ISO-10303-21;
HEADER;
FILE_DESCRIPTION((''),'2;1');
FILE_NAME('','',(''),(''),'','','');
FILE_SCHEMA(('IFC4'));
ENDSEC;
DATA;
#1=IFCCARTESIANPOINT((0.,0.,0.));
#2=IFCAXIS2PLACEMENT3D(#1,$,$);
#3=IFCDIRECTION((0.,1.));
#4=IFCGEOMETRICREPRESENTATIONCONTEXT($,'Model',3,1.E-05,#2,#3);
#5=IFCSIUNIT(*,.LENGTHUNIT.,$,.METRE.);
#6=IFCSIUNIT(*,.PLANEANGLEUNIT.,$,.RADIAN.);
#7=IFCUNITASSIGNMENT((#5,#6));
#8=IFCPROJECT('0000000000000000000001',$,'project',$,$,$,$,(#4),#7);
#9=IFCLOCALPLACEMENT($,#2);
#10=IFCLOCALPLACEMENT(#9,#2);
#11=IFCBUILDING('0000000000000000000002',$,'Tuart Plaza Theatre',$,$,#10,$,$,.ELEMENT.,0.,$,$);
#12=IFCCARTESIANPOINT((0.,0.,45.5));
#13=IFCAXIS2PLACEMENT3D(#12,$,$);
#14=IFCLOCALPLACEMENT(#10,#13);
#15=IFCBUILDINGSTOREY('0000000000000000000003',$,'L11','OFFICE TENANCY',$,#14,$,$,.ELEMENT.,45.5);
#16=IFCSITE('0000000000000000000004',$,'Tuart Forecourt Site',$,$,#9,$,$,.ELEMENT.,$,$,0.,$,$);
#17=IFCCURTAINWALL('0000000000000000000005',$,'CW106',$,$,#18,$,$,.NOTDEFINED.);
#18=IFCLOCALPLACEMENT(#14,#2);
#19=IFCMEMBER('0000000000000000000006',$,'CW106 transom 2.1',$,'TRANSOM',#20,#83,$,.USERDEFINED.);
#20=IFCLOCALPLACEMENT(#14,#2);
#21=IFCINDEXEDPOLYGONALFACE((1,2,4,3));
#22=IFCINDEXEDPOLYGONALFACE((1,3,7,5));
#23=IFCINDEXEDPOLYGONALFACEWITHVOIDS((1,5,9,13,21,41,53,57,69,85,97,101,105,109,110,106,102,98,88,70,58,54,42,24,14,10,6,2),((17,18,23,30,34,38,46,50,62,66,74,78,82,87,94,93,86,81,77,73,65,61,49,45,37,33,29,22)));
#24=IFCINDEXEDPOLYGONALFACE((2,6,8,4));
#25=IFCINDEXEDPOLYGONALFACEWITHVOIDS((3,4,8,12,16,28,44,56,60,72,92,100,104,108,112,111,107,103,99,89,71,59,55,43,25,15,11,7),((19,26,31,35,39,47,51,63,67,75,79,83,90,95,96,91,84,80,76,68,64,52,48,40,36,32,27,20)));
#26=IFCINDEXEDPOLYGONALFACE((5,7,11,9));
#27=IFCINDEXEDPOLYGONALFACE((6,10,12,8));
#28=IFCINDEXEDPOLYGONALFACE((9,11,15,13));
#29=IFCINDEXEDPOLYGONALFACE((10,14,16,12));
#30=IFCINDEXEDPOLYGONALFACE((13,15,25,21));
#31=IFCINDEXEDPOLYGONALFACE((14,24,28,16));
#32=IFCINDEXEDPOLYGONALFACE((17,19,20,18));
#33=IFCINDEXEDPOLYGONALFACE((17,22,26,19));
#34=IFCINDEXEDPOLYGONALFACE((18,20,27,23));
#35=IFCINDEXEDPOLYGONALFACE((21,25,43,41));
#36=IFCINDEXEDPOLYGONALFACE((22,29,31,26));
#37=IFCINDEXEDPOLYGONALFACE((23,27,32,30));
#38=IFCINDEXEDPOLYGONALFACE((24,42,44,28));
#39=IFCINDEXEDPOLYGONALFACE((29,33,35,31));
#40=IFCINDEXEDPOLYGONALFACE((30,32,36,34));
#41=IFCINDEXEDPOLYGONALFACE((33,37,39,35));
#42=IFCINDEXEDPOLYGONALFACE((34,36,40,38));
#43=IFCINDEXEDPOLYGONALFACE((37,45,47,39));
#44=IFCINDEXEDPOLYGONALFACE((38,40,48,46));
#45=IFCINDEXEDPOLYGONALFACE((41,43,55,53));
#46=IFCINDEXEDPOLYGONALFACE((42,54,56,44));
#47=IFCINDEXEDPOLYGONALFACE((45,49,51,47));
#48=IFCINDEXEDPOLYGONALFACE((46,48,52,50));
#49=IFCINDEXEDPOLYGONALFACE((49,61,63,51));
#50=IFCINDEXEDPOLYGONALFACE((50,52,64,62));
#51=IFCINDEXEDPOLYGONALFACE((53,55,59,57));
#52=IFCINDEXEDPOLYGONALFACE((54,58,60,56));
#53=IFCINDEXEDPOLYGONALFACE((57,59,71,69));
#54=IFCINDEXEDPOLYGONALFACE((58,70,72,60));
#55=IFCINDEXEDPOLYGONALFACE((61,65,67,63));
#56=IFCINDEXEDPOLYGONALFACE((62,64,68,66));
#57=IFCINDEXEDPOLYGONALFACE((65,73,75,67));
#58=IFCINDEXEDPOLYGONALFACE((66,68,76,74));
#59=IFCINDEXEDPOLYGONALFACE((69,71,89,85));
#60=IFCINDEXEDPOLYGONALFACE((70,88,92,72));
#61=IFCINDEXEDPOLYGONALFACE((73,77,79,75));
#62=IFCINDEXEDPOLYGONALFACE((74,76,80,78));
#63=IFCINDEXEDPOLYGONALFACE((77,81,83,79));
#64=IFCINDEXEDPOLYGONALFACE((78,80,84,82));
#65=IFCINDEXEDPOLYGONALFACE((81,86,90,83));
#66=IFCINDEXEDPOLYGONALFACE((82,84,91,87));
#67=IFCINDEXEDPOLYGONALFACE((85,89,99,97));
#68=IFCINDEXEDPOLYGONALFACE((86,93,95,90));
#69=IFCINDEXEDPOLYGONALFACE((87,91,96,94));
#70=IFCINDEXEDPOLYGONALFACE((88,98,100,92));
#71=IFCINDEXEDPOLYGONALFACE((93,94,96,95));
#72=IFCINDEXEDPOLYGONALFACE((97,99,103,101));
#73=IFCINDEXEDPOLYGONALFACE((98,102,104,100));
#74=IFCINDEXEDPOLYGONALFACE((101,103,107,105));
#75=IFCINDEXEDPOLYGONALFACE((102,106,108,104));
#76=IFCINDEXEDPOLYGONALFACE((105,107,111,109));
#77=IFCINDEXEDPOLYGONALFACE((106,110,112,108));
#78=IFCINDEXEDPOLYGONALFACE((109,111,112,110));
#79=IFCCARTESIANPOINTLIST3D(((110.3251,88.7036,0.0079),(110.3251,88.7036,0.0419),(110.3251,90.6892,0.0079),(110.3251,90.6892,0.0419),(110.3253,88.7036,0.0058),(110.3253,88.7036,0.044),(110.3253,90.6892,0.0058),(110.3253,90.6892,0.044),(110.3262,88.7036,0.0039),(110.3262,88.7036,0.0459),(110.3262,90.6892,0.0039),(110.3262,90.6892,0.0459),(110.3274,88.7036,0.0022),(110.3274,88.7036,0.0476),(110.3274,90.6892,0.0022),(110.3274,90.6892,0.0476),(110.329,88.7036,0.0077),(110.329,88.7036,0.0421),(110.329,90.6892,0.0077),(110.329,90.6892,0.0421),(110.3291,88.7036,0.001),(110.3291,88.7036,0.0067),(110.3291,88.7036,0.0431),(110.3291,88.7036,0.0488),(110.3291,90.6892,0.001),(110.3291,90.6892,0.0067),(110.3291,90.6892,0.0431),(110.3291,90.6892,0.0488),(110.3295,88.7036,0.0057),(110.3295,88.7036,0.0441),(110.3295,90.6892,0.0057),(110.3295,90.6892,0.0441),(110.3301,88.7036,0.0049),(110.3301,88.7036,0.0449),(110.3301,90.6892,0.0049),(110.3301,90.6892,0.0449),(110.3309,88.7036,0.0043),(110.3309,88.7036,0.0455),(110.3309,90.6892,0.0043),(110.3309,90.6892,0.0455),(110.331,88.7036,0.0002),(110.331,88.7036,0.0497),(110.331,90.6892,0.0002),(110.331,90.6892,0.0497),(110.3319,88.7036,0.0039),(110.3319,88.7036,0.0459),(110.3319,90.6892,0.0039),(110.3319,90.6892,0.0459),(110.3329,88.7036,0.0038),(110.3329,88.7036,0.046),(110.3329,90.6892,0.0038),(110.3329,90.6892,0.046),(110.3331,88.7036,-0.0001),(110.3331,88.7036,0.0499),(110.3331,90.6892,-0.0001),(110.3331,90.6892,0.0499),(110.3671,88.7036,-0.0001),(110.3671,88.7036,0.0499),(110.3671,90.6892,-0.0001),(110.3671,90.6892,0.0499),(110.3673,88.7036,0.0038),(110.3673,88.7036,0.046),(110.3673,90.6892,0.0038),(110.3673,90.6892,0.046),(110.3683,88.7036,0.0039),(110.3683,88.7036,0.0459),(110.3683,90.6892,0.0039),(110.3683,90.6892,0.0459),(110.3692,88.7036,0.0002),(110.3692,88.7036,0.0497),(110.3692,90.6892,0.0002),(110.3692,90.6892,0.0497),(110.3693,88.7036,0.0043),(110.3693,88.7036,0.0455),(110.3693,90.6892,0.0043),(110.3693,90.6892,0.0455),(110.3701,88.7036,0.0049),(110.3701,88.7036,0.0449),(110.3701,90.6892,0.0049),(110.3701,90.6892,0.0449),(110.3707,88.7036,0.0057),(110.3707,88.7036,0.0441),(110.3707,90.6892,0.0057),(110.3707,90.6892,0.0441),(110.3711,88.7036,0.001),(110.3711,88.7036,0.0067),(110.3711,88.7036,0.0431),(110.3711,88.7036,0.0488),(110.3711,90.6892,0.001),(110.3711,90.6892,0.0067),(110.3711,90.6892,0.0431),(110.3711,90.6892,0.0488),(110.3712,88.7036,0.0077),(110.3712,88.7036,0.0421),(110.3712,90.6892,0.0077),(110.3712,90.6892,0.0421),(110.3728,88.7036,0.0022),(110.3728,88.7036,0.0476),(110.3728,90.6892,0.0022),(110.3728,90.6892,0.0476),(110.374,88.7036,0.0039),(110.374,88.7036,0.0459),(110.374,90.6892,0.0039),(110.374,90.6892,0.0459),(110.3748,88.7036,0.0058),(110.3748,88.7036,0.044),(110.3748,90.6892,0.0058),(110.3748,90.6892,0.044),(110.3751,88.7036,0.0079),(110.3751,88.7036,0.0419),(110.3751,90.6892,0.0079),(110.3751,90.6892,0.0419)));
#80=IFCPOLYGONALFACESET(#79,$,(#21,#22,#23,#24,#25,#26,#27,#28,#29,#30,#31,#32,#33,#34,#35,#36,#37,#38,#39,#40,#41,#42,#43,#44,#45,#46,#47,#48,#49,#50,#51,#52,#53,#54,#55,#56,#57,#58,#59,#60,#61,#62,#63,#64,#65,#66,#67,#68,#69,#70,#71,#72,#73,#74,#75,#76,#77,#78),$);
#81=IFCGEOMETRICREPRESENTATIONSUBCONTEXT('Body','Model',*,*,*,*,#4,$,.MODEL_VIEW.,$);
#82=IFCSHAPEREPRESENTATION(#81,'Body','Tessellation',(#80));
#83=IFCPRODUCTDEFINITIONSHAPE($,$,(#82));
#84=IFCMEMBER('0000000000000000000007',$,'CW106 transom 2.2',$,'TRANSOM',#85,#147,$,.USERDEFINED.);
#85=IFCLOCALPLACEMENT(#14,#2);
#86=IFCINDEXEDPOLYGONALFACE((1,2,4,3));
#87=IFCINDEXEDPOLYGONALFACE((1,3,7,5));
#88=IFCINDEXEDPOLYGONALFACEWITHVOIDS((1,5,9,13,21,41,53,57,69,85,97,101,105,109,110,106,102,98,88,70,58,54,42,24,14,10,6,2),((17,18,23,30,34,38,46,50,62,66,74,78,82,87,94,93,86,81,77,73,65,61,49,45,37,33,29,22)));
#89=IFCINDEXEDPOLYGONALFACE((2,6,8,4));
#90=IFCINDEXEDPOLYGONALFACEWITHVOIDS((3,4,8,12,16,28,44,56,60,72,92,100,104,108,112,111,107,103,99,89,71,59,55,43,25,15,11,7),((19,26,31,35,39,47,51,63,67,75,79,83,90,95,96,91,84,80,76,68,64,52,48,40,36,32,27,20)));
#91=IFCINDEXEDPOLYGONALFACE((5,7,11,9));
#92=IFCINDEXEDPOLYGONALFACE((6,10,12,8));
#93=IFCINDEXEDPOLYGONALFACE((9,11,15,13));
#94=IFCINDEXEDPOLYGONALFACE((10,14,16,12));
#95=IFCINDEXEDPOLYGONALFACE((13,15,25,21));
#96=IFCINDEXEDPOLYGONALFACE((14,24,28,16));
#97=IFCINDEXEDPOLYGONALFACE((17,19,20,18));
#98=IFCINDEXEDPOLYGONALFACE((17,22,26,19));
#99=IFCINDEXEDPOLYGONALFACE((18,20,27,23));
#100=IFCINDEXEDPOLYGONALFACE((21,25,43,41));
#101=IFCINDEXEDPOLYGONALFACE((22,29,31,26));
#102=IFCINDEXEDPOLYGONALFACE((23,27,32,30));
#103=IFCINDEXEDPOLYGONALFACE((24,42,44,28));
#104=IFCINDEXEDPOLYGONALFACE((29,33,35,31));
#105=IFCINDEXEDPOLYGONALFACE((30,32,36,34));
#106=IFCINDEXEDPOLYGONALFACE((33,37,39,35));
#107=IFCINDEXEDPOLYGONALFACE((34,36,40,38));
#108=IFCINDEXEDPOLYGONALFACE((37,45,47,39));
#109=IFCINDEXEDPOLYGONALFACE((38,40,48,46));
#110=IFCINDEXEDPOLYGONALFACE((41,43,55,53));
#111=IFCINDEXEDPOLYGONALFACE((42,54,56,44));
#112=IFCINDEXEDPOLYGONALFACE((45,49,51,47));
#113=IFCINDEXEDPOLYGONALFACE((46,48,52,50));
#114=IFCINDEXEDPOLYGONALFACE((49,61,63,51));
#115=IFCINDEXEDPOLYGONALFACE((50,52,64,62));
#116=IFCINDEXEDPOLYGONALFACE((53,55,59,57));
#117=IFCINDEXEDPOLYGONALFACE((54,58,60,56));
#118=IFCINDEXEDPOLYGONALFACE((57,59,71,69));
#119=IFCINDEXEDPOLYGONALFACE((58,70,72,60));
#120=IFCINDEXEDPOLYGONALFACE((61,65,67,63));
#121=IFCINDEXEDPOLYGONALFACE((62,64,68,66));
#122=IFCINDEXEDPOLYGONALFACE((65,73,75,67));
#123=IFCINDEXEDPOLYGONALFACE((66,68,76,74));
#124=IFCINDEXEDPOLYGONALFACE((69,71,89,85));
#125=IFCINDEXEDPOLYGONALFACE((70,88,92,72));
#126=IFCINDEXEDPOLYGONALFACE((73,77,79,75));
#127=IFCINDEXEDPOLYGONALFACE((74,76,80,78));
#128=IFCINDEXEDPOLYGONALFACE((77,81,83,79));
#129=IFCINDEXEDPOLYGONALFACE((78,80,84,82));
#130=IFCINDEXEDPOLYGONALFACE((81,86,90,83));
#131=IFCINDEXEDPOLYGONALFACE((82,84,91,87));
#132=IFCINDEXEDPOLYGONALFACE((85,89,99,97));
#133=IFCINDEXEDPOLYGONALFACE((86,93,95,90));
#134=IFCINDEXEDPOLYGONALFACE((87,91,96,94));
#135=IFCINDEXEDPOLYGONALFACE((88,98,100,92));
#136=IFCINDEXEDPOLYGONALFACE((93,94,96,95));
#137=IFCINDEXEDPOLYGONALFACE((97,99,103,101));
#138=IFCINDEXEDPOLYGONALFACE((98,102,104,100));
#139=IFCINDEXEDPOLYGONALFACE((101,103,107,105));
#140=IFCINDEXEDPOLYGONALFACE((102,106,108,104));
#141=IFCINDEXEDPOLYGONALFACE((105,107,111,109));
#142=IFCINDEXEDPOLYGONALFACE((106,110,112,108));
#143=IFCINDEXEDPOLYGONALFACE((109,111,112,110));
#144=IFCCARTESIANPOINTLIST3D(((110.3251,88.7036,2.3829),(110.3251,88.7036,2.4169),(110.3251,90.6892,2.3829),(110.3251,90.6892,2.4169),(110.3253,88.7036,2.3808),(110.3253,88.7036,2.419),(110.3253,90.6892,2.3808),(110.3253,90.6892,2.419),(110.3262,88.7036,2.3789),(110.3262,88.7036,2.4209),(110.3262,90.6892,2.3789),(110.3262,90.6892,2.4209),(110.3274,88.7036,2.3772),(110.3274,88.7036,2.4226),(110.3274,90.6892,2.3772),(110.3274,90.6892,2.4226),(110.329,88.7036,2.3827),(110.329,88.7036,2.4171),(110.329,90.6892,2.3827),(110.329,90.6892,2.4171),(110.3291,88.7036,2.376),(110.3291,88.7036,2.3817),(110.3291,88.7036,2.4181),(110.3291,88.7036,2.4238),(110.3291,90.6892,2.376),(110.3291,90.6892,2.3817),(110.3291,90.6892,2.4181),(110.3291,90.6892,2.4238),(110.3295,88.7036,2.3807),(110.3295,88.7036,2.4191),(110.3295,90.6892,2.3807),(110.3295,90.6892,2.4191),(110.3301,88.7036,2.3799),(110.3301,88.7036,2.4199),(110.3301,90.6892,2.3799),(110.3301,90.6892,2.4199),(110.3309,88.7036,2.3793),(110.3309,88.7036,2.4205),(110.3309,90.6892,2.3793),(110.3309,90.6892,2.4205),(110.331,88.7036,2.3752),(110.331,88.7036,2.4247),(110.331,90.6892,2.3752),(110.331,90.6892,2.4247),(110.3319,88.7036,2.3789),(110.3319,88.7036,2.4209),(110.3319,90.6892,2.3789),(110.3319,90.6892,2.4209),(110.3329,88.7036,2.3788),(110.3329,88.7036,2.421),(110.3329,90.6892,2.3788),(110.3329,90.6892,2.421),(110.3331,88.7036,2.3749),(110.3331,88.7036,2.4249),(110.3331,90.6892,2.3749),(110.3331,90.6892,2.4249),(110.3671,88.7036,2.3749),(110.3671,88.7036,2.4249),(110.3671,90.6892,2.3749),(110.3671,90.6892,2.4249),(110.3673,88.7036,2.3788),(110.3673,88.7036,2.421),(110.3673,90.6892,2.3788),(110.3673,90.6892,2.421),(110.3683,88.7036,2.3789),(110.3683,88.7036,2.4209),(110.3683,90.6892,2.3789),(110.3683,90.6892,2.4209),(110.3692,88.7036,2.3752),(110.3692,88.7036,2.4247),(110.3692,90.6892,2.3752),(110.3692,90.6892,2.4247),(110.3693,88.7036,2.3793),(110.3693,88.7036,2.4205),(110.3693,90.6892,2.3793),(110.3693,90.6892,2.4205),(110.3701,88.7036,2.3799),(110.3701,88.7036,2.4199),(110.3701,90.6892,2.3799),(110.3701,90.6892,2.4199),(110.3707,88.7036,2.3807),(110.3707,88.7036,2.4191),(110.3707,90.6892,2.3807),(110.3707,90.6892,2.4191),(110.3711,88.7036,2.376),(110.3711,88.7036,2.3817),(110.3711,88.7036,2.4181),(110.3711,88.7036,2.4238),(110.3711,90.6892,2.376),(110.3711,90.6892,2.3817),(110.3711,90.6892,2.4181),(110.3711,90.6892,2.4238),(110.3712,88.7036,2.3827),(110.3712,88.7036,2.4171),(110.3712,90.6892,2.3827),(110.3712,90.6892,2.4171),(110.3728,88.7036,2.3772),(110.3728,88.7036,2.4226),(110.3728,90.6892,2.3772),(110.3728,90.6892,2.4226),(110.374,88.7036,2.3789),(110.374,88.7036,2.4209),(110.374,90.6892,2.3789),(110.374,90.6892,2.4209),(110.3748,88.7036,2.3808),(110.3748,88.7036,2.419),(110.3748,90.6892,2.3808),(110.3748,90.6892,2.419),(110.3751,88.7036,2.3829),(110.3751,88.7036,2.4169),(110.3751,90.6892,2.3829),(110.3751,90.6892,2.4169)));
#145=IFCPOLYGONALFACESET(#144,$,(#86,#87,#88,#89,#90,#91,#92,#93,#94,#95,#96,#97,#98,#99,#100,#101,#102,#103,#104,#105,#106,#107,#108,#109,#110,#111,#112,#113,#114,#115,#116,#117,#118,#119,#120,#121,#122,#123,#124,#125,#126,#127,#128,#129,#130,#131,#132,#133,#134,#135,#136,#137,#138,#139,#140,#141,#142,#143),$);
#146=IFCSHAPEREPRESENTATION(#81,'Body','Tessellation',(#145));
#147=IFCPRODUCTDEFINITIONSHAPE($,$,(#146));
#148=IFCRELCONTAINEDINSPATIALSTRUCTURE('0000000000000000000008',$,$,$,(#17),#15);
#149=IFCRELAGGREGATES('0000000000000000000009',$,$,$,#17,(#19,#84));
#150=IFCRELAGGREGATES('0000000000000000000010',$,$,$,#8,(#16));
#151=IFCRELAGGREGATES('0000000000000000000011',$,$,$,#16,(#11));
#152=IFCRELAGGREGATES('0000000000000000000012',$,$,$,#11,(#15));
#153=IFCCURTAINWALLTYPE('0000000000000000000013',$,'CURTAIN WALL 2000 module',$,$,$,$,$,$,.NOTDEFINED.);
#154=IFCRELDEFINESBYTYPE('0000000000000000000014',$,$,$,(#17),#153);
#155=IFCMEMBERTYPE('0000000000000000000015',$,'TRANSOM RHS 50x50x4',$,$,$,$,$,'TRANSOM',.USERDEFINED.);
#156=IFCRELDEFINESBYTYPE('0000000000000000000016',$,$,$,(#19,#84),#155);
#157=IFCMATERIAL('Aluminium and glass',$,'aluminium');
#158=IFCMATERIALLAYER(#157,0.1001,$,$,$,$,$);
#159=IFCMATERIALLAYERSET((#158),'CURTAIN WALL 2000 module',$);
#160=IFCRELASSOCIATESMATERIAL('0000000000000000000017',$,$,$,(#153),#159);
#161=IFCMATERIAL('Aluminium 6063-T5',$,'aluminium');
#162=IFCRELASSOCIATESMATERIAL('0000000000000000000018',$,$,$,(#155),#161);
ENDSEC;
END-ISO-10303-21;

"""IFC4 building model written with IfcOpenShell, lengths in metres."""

from ifc_helpers import new_model, si_unit, direction, frame, origin, origin_2d, place, context, subcontext, project, spatial, hollow_rectangle, extrude, material, layer, layer_set, material_profile, profile_set, type_object, element, aggregate, save


model = new_model("IFC4")

# Units and contexts
model_context = context("Model", 3, precision=1e-05, world=origin(), true_north=direction((0.0, 1.0)))
body_context = subcontext(model_context, "Body", "Model", "MODEL_VIEW")
ifc_project = project(units=[si_unit("LENGTHUNIT", "METRE"), si_unit("PLANEANGLEUNIT", "RADIAN")], contexts=[model_context])

# Site, building, storey
site_placement = place(None, origin())
site = spatial("IfcSite", under=ifc_project, at=site_placement, Name="Tuart Forecourt Site", CompositionType="ELEMENT", RefElevation=0.0)
building_placement = place(site_placement, origin())
building = spatial("IfcBuilding", under=site, at=building_placement, Name="Tuart Plaza Theatre", CompositionType="ELEMENT", ElevationOfRefHeight=0.0)
storey_placement = place(building_placement, frame((0.0, 0.0, 45.5)))
storey = spatial("IfcBuildingStorey", under=building, at=storey_placement, Name="L11", Description="OFFICE TENANCY", CompositionType="ELEMENT", Elevation=45.5)

# Curtain wall, members
ifc_material_1 = material(Name="Aluminium and glass", Category="aluminium")
ifc_layer_1 = layer(ifc_material_1, 0.1001)
ifc_layer_set_1 = layer_set([ifc_layer_1], Name="CURTAIN WALL 2000 module")
curtain_wall_type = type_object("IfcCurtainWallType", Name="CURTAIN WALL 2000 module", PredefinedType="NOTDEFINED", material=ifc_layer_set_1)
curtain_wall_placement = place(storey_placement, origin())
curtain_wall = element("IfcCurtainWall", 1, at=curtain_wall_placement, inside=storey, type_object=curtain_wall_type, Name="CW106", PredefinedType="NOTDEFINED")
ifc_material_2 = material(Name="Aluminium 6063-T5", Category="aluminium")
ifc_material_profile_1 = material_profile(ifc_material_2, hollow_rectangle(XDim=0.05, YDim=0.05, WallThickness=0.0039, InnerFilletRadius=0.0039, OuterFilletRadius=0.0081, at=origin_2d()), Name="RHS 50x50x4")
ifc_profile_set_1 = profile_set([ifc_material_profile_1], Name="Aluminium 6063-T5")
member_type_1 = type_object("IfcMemberType", Name="TRANSOM RHS 50x50x4", ElementType="TRANSOM", PredefinedType="USERDEFINED", material=ifc_profile_set_1)
member_1_placement = place(storey_placement, frame((110.3501, 90.6892, 0.0249), z_axis=(0.0, -1.0, 0.0), x_axis=(1.0, 0.0, 0.0)))
member_1 = element("IfcMember", 2, at=member_1_placement, type_object=member_type_1, Name="CW106 transom 2.1", ObjectType="TRANSOM", PredefinedType="USERDEFINED", context=body_context, shape_type="SweptSolid", body=[
    extrude(hollow_rectangle(XDim=0.05, YDim=0.05, WallThickness=0.0039, InnerFilletRadius=0.0039, OuterFilletRadius=0.0081, at=origin_2d()), origin(), (0.0, 0.0, 1.0), 1.9856),
])
member_2_placement = place(storey_placement, frame((110.3501, 90.6892, 2.3999), z_axis=(0.0, -1.0, 0.0), x_axis=(1.0, 0.0, 0.0)))
member_2 = element("IfcMember", 3, at=member_2_placement, type_object=member_type_1, Name="CW106 transom 2.2", ObjectType="TRANSOM", PredefinedType="USERDEFINED", context=body_context, shape_type="SweptSolid", body=[
    extrude(hollow_rectangle(XDim=0.05, YDim=0.05, WallThickness=0.0039, InnerFilletRadius=0.0039, OuterFilletRadius=0.0081, at=origin_2d()), origin(), (0.0, 0.0, 1.0), 1.9856),
])
aggregate(curtain_wall, [member_1, member_2])

save(model, "model.ifc")
